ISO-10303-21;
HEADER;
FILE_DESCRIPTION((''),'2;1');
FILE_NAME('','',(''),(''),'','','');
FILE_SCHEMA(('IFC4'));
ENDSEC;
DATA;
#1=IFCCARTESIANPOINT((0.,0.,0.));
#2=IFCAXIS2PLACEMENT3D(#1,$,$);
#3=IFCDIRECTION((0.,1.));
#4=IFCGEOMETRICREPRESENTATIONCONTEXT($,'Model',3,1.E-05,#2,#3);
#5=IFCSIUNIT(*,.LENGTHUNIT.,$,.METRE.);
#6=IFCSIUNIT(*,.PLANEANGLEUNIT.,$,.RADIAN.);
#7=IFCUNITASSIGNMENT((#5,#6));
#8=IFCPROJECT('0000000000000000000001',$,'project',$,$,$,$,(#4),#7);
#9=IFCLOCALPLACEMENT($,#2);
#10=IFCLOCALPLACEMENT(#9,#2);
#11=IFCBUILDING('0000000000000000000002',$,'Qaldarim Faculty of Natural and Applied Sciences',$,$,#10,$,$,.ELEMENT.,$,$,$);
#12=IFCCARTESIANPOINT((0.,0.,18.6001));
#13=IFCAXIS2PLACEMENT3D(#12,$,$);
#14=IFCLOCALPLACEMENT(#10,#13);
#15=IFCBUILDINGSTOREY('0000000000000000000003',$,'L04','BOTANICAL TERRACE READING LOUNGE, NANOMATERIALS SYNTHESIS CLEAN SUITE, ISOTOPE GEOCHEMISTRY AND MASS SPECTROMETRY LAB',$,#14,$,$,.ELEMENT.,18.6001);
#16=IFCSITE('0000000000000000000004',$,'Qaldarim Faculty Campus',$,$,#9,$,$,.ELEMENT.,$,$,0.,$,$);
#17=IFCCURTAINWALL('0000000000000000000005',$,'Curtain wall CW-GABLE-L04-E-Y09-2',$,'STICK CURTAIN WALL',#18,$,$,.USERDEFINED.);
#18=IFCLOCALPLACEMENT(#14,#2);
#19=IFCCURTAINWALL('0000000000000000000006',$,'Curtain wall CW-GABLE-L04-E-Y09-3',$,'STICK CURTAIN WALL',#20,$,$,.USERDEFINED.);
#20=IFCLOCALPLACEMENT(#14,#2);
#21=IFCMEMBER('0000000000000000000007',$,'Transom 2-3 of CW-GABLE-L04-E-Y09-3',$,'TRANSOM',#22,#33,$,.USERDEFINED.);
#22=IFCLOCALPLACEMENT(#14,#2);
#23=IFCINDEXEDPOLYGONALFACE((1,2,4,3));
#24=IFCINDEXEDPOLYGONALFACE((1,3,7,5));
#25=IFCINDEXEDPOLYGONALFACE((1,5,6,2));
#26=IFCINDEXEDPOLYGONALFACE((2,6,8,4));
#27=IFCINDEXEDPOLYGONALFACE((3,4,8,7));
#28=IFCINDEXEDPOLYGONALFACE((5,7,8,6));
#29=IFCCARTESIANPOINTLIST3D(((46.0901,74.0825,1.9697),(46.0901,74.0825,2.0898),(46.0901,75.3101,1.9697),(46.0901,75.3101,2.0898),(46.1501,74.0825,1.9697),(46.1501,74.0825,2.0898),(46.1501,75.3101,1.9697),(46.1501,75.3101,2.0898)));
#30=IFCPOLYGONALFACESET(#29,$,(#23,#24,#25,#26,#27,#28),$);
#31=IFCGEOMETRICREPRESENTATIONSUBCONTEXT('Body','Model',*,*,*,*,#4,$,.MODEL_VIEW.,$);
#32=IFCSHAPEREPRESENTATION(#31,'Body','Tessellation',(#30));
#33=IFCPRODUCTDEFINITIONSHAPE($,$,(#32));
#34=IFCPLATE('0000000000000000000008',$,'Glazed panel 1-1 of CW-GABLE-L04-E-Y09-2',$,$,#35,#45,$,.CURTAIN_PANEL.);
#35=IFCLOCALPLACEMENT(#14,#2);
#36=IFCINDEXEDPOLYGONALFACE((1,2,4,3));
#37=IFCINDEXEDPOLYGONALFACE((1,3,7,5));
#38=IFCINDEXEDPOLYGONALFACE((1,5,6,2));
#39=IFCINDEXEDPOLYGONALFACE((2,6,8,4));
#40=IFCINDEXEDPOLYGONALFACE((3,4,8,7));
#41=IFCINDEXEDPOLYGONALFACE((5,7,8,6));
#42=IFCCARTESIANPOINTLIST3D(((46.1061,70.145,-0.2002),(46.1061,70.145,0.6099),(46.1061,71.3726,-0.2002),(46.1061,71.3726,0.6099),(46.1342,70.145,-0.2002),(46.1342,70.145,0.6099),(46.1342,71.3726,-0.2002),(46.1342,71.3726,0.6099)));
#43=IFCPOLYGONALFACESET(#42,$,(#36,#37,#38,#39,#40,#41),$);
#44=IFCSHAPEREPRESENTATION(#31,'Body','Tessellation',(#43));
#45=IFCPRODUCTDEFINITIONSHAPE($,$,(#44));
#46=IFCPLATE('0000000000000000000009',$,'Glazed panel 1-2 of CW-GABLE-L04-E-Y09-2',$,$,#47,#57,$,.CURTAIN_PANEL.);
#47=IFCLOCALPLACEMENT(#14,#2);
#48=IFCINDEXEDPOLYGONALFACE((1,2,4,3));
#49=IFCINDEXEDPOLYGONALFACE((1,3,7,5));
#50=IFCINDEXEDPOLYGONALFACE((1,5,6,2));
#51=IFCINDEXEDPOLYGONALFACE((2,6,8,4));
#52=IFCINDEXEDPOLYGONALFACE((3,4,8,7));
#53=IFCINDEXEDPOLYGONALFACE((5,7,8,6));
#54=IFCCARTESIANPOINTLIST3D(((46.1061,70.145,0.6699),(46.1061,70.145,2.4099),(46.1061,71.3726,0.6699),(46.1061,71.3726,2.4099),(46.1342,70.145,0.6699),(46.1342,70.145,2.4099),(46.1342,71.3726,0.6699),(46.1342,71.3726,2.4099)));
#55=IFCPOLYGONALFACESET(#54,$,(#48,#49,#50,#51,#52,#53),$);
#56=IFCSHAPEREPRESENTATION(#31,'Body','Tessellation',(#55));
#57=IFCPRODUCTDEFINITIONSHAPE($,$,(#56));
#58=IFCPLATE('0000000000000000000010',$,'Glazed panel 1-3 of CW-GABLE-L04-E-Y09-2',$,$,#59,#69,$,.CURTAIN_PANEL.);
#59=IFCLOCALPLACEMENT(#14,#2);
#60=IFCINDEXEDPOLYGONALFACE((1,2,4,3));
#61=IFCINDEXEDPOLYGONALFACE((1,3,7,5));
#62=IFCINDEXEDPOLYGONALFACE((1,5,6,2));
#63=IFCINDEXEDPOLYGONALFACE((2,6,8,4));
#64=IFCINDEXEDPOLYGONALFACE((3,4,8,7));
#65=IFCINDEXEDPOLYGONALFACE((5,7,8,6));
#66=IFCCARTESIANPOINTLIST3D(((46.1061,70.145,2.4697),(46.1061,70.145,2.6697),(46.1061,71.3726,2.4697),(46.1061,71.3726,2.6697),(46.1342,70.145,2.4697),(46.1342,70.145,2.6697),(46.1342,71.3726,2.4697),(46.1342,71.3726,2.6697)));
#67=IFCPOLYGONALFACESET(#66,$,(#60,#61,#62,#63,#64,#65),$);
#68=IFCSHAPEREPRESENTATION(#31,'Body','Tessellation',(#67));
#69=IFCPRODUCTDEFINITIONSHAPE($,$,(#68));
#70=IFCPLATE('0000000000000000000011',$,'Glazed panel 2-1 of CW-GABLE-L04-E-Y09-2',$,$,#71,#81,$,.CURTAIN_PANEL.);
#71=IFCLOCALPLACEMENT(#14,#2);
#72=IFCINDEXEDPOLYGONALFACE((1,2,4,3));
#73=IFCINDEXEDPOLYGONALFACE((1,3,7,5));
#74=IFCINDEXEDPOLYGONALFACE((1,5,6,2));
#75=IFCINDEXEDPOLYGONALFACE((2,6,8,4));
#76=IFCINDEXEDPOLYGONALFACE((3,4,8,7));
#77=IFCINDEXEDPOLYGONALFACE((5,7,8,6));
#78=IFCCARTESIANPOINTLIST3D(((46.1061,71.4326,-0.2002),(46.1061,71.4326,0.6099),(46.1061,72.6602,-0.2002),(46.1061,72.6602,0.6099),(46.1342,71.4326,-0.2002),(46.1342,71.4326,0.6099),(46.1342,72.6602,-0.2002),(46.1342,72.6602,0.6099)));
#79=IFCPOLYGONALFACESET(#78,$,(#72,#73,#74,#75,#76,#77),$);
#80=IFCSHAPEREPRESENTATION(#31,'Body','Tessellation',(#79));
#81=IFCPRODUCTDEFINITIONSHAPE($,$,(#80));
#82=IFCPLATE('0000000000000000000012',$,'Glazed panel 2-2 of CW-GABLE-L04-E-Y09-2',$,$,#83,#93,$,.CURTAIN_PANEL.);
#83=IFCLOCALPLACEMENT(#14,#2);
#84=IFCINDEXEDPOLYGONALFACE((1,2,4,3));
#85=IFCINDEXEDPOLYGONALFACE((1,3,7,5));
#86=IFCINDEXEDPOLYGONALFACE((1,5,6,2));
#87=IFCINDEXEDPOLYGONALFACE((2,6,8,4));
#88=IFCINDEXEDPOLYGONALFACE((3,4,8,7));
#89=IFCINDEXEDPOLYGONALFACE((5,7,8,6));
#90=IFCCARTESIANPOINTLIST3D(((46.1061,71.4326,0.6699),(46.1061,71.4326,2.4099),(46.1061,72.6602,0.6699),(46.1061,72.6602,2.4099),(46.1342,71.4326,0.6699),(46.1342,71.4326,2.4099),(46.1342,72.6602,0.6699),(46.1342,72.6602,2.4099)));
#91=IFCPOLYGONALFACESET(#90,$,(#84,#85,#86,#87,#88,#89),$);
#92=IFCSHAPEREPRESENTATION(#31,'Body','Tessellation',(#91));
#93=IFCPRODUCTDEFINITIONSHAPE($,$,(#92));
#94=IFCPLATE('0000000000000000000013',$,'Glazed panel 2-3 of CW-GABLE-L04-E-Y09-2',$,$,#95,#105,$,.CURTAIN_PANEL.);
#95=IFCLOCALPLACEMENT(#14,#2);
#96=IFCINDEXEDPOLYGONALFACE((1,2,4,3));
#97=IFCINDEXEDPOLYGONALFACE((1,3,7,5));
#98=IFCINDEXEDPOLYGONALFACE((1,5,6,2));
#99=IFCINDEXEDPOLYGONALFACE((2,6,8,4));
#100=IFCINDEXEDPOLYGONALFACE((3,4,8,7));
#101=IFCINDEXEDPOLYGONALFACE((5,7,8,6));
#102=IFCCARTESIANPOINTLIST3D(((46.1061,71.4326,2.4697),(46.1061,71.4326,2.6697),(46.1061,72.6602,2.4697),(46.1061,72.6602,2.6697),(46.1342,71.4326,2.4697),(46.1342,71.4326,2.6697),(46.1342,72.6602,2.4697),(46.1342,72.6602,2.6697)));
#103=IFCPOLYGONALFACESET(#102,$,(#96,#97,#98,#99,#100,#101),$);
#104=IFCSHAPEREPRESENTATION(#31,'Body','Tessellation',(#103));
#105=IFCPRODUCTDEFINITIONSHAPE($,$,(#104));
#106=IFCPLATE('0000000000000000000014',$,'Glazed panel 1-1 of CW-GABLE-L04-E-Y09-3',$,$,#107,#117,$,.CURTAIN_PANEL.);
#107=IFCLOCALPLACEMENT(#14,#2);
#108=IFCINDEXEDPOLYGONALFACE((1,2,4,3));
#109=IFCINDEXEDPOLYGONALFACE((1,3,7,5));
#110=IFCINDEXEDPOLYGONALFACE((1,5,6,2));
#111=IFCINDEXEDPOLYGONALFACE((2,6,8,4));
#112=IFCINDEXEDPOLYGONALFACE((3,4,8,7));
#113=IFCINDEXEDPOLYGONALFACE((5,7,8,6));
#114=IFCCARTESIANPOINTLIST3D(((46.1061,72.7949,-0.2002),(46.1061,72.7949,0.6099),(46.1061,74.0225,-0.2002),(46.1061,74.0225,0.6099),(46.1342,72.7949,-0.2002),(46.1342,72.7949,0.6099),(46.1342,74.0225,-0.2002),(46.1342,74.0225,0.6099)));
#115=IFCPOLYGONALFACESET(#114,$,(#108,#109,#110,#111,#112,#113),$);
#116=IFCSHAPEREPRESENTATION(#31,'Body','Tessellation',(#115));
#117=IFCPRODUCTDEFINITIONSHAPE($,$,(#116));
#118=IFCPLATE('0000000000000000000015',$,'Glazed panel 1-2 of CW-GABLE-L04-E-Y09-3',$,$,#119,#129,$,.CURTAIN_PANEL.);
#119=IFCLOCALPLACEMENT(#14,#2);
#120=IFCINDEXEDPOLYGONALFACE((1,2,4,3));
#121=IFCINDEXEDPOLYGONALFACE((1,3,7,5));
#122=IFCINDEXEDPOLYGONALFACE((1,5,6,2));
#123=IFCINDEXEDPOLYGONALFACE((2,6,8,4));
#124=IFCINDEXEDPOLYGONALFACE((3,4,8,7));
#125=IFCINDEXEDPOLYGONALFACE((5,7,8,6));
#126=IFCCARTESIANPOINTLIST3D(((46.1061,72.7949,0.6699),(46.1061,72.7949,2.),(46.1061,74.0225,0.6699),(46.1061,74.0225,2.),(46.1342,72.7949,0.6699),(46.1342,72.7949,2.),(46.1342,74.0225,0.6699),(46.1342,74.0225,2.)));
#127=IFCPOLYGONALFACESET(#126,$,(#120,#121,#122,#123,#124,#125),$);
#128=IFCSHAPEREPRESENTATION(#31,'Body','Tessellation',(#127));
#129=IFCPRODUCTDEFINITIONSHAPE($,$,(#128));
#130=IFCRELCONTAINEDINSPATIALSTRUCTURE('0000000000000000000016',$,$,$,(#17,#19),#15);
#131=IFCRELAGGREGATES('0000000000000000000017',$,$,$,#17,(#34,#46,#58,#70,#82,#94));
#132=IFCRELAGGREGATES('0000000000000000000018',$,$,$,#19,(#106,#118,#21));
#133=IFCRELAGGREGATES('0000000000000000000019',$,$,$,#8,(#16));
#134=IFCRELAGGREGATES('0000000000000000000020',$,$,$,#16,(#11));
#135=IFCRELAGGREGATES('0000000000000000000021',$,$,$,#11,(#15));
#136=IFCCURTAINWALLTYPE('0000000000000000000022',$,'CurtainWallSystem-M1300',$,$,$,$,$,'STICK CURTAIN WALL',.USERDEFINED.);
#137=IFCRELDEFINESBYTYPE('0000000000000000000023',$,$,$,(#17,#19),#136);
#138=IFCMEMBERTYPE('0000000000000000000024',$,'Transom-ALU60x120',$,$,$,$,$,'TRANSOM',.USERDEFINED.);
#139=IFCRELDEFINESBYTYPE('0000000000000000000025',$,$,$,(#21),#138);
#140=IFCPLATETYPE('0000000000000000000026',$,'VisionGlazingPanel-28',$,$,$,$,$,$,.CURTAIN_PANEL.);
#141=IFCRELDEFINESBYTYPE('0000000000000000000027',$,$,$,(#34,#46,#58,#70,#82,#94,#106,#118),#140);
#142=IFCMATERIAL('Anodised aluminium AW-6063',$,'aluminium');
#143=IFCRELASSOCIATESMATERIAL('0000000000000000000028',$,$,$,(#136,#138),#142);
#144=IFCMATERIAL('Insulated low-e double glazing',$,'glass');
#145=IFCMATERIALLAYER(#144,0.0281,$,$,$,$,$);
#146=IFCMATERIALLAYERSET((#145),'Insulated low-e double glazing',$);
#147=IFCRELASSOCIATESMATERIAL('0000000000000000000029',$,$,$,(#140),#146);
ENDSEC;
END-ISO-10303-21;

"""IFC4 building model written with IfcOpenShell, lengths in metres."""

from ifc_helpers import new_model, si_unit, direction, frame, origin, origin_2d, place, context, subcontext, project, spatial, rectangle, extrude, material, layer, layer_set, material_profile, profile_set, type_object, element, aggregate, save


model = new_model("IFC4")

# Units and contexts
model_context = context("Model", 3, precision=1e-05, world=origin(), true_north=direction((0.0, 1.0)))
body_context = subcontext(model_context, "Body", "Model", "MODEL_VIEW")
ifc_project = project(units=[si_unit("LENGTHUNIT", "METRE"), si_unit("PLANEANGLEUNIT", "RADIAN")], contexts=[model_context])

# Site, building, storey
site_placement = place(None, origin())
site = spatial("IfcSite", under=ifc_project, at=site_placement, Name="Qaldarim Faculty Campus", CompositionType="ELEMENT", RefElevation=0.0)
building_placement = place(site_placement, origin())
building = spatial("IfcBuilding", under=site, at=building_placement, Name="Qaldarim Faculty of Natural and Applied Sciences", CompositionType="ELEMENT")
storey_placement = place(building_placement, frame((0.0, 0.0, 18.6001)))
storey = spatial("IfcBuildingStorey", under=building, at=storey_placement, Name="L04", Description="BOTANICAL TERRACE READING LOUNGE, NANOMATERIALS SYNTHESIS CLEAN SUITE, ISOTOPE GEOCHEMISTRY AND MASS SPECTROMETRY LAB", CompositionType="ELEMENT", Elevation=18.6001)

# Curtain walls
ifc_material_1 = material(Name="Anodised aluminium AW-6063", Category="aluminium")
curtain_wall_type = type_object("IfcCurtainWallType", Name="CurtainWallSystem-M1300", ElementType="STICK CURTAIN WALL", PredefinedType="USERDEFINED", material=ifc_material_1)
curtain_wall_1_placement = place(storey_placement, origin())
curtain_wall_1 = element("IfcCurtainWall", 1, at=curtain_wall_1_placement, inside=storey, type_object=curtain_wall_type, Name="Curtain wall CW-GABLE-L04-E-Y09-2", ObjectType="STICK CURTAIN WALL", PredefinedType="USERDEFINED")
curtain_wall_2_placement = place(storey_placement, origin())
curtain_wall_2 = element("IfcCurtainWall", 2, at=curtain_wall_2_placement, inside=storey, type_object=curtain_wall_type, Name="Curtain wall CW-GABLE-L04-E-Y09-3", ObjectType="STICK CURTAIN WALL", PredefinedType="USERDEFINED")

# Member
ifc_material_profile_1 = material_profile(ifc_material_1, rectangle(XDim=0.0601, YDim=0.1201, at=origin_2d()), Name="ALU-T60x120")
ifc_profile_set_1 = profile_set([ifc_material_profile_1], Name="Anodised aluminium AW-6063")
member_type_1 = type_object("IfcMemberType", Name="Transom-ALU60x120", ElementType="TRANSOM", PredefinedType="USERDEFINED", material=ifc_profile_set_1)
member_1_placement = place(storey_placement, frame((46.1201, 74.0825, 2.0298), z_axis=(0.0, 1.0, 0.0), x_axis=(-1.0, 0.0, 0.0)))
member_1 = element("IfcMember", 3, at=member_1_placement, type_object=member_type_1, Name="Transom 2-3 of CW-GABLE-L04-E-Y09-3", ObjectType="TRANSOM", PredefinedType="USERDEFINED", context=body_context, shape_type="SweptSolid", body=[
    extrude(rectangle(XDim=0.0601, YDim=0.1201, at=origin_2d()), origin(), (0.0, 0.0, 1.0), 1.2275),
])

# Plates
ifc_material_2 = material(Name="Insulated low-e double glazing", Category="glass")
ifc_layer = layer(ifc_material_2, 0.0281)
ifc_layer_set = layer_set([ifc_layer], Name="Insulated low-e double glazing")
plate_type = type_object("IfcPlateType", Name="VisionGlazingPanel-28", PredefinedType="CURTAIN_PANEL", material=ifc_layer_set)
plate_1_placement = place(storey_placement, frame((46.1201, 70.7588, -0.2002), z_axis=(0.0, 0.0, 1.0), x_axis=(0.0, 1.0, 0.0)))
plate_1 = element("IfcPlate", 4, at=plate_1_placement, type_object=plate_type, Name="Glazed panel 1-1 of CW-GABLE-L04-E-Y09-2", PredefinedType="CURTAIN_PANEL", context=body_context, shape_type="SweptSolid", body=[
    extrude(rectangle(XDim=1.2275, YDim=0.0281, at=origin_2d()), origin(), (0.0, 0.0, 1.0), 0.8101),
])
plate_2_placement = place(storey_placement, frame((46.1201, 70.7588, 0.6699), z_axis=(0.0, 0.0, 1.0), x_axis=(0.0, 1.0, 0.0)))
plate_2 = element("IfcPlate", 5, at=plate_2_placement, type_object=plate_type, Name="Glazed panel 1-2 of CW-GABLE-L04-E-Y09-2", PredefinedType="CURTAIN_PANEL", context=body_context, shape_type="SweptSolid", body=[
    extrude(rectangle(XDim=1.2275, YDim=0.0281, at=origin_2d()), origin(), (0.0, 0.0, 1.0), 1.74),
])
plate_3_placement = place(storey_placement, frame((46.1201, 70.7588, 2.4697), z_axis=(0.0, 0.0, 1.0), x_axis=(0.0, 1.0, 0.0)))
plate_3 = element("IfcPlate", 6, at=plate_3_placement, type_object=plate_type, Name="Glazed panel 1-3 of CW-GABLE-L04-E-Y09-2", PredefinedType="CURTAIN_PANEL", context=body_context, shape_type="SweptSolid", body=[
    extrude(rectangle(XDim=1.2275, YDim=0.0281, at=origin_2d()), origin(), (0.0, 0.0, 1.0), 0.2),
])
plate_4_placement = place(storey_placement, frame((46.1201, 72.0464, -0.2002), z_axis=(0.0, 0.0, 1.0), x_axis=(0.0, 1.0, 0.0)))
plate_4 = element("IfcPlate", 7, at=plate_4_placement, type_object=plate_type, Name="Glazed panel 2-1 of CW-GABLE-L04-E-Y09-2", PredefinedType="CURTAIN_PANEL", context=body_context, shape_type="SweptSolid", body=[
    extrude(rectangle(XDim=1.2275, YDim=0.0281, at=origin_2d()), origin(), (0.0, 0.0, 1.0), 0.8101),
])
plate_5_placement = place(storey_placement, frame((46.1201, 72.0464, 0.6699), z_axis=(0.0, 0.0, 1.0), x_axis=(0.0, 1.0, 0.0)))
plate_5 = element("IfcPlate", 8, at=plate_5_placement, type_object=plate_type, Name="Glazed panel 2-2 of CW-GABLE-L04-E-Y09-2", PredefinedType="CURTAIN_PANEL", context=body_context, shape_type="SweptSolid", body=[
    extrude(rectangle(XDim=1.2275, YDim=0.0281, at=origin_2d()), origin(), (0.0, 0.0, 1.0), 1.74),
])
plate_6_placement = place(storey_placement, frame((46.1201, 72.0464, 2.4697), z_axis=(0.0, 0.0, 1.0), x_axis=(0.0, 1.0, 0.0)))
plate_6 = element("IfcPlate", 9, at=plate_6_placement, type_object=plate_type, Name="Glazed panel 2-3 of CW-GABLE-L04-E-Y09-2", PredefinedType="CURTAIN_PANEL", context=body_context, shape_type="SweptSolid", body=[
    extrude(rectangle(XDim=1.2275, YDim=0.0281, at=origin_2d()), origin(), (0.0, 0.0, 1.0), 0.2),
])
aggregate(curtain_wall_1, [plate_1, plate_2, plate_3, plate_4, plate_5, plate_6])
plate_7_placement = place(storey_placement, frame((46.1201, 73.4087, -0.2002), z_axis=(0.0, 0.0, 1.0), x_axis=(0.0, 1.0, 0.0)))
plate_7 = element("IfcPlate", 10, at=plate_7_placement, type_object=plate_type, Name="Glazed panel 1-1 of CW-GABLE-L04-E-Y09-3", PredefinedType="CURTAIN_PANEL", context=body_context, shape_type="SweptSolid", body=[
    extrude(rectangle(XDim=1.2275, YDim=0.0281, at=origin_2d()), origin(), (0.0, 0.0, 1.0), 0.8101),
])
plate_8_placement = place(storey_placement, frame((46.1201, 73.4087, 0.6699), z_axis=(0.0, 0.0, 1.0), x_axis=(0.0, 1.0, 0.0)))
plate_8 = element("IfcPlate", 11, at=plate_8_placement, type_object=plate_type, Name="Glazed panel 1-2 of CW-GABLE-L04-E-Y09-3", PredefinedType="CURTAIN_PANEL", context=body_context, shape_type="SweptSolid", body=[
    extrude(rectangle(XDim=1.2275, YDim=0.0281, at=origin_2d()), origin(), (0.0, 0.0, 1.0), 1.3301),
])
aggregate(curtain_wall_2, [plate_7, plate_8, member_1])

save(model, "model.ifc")
